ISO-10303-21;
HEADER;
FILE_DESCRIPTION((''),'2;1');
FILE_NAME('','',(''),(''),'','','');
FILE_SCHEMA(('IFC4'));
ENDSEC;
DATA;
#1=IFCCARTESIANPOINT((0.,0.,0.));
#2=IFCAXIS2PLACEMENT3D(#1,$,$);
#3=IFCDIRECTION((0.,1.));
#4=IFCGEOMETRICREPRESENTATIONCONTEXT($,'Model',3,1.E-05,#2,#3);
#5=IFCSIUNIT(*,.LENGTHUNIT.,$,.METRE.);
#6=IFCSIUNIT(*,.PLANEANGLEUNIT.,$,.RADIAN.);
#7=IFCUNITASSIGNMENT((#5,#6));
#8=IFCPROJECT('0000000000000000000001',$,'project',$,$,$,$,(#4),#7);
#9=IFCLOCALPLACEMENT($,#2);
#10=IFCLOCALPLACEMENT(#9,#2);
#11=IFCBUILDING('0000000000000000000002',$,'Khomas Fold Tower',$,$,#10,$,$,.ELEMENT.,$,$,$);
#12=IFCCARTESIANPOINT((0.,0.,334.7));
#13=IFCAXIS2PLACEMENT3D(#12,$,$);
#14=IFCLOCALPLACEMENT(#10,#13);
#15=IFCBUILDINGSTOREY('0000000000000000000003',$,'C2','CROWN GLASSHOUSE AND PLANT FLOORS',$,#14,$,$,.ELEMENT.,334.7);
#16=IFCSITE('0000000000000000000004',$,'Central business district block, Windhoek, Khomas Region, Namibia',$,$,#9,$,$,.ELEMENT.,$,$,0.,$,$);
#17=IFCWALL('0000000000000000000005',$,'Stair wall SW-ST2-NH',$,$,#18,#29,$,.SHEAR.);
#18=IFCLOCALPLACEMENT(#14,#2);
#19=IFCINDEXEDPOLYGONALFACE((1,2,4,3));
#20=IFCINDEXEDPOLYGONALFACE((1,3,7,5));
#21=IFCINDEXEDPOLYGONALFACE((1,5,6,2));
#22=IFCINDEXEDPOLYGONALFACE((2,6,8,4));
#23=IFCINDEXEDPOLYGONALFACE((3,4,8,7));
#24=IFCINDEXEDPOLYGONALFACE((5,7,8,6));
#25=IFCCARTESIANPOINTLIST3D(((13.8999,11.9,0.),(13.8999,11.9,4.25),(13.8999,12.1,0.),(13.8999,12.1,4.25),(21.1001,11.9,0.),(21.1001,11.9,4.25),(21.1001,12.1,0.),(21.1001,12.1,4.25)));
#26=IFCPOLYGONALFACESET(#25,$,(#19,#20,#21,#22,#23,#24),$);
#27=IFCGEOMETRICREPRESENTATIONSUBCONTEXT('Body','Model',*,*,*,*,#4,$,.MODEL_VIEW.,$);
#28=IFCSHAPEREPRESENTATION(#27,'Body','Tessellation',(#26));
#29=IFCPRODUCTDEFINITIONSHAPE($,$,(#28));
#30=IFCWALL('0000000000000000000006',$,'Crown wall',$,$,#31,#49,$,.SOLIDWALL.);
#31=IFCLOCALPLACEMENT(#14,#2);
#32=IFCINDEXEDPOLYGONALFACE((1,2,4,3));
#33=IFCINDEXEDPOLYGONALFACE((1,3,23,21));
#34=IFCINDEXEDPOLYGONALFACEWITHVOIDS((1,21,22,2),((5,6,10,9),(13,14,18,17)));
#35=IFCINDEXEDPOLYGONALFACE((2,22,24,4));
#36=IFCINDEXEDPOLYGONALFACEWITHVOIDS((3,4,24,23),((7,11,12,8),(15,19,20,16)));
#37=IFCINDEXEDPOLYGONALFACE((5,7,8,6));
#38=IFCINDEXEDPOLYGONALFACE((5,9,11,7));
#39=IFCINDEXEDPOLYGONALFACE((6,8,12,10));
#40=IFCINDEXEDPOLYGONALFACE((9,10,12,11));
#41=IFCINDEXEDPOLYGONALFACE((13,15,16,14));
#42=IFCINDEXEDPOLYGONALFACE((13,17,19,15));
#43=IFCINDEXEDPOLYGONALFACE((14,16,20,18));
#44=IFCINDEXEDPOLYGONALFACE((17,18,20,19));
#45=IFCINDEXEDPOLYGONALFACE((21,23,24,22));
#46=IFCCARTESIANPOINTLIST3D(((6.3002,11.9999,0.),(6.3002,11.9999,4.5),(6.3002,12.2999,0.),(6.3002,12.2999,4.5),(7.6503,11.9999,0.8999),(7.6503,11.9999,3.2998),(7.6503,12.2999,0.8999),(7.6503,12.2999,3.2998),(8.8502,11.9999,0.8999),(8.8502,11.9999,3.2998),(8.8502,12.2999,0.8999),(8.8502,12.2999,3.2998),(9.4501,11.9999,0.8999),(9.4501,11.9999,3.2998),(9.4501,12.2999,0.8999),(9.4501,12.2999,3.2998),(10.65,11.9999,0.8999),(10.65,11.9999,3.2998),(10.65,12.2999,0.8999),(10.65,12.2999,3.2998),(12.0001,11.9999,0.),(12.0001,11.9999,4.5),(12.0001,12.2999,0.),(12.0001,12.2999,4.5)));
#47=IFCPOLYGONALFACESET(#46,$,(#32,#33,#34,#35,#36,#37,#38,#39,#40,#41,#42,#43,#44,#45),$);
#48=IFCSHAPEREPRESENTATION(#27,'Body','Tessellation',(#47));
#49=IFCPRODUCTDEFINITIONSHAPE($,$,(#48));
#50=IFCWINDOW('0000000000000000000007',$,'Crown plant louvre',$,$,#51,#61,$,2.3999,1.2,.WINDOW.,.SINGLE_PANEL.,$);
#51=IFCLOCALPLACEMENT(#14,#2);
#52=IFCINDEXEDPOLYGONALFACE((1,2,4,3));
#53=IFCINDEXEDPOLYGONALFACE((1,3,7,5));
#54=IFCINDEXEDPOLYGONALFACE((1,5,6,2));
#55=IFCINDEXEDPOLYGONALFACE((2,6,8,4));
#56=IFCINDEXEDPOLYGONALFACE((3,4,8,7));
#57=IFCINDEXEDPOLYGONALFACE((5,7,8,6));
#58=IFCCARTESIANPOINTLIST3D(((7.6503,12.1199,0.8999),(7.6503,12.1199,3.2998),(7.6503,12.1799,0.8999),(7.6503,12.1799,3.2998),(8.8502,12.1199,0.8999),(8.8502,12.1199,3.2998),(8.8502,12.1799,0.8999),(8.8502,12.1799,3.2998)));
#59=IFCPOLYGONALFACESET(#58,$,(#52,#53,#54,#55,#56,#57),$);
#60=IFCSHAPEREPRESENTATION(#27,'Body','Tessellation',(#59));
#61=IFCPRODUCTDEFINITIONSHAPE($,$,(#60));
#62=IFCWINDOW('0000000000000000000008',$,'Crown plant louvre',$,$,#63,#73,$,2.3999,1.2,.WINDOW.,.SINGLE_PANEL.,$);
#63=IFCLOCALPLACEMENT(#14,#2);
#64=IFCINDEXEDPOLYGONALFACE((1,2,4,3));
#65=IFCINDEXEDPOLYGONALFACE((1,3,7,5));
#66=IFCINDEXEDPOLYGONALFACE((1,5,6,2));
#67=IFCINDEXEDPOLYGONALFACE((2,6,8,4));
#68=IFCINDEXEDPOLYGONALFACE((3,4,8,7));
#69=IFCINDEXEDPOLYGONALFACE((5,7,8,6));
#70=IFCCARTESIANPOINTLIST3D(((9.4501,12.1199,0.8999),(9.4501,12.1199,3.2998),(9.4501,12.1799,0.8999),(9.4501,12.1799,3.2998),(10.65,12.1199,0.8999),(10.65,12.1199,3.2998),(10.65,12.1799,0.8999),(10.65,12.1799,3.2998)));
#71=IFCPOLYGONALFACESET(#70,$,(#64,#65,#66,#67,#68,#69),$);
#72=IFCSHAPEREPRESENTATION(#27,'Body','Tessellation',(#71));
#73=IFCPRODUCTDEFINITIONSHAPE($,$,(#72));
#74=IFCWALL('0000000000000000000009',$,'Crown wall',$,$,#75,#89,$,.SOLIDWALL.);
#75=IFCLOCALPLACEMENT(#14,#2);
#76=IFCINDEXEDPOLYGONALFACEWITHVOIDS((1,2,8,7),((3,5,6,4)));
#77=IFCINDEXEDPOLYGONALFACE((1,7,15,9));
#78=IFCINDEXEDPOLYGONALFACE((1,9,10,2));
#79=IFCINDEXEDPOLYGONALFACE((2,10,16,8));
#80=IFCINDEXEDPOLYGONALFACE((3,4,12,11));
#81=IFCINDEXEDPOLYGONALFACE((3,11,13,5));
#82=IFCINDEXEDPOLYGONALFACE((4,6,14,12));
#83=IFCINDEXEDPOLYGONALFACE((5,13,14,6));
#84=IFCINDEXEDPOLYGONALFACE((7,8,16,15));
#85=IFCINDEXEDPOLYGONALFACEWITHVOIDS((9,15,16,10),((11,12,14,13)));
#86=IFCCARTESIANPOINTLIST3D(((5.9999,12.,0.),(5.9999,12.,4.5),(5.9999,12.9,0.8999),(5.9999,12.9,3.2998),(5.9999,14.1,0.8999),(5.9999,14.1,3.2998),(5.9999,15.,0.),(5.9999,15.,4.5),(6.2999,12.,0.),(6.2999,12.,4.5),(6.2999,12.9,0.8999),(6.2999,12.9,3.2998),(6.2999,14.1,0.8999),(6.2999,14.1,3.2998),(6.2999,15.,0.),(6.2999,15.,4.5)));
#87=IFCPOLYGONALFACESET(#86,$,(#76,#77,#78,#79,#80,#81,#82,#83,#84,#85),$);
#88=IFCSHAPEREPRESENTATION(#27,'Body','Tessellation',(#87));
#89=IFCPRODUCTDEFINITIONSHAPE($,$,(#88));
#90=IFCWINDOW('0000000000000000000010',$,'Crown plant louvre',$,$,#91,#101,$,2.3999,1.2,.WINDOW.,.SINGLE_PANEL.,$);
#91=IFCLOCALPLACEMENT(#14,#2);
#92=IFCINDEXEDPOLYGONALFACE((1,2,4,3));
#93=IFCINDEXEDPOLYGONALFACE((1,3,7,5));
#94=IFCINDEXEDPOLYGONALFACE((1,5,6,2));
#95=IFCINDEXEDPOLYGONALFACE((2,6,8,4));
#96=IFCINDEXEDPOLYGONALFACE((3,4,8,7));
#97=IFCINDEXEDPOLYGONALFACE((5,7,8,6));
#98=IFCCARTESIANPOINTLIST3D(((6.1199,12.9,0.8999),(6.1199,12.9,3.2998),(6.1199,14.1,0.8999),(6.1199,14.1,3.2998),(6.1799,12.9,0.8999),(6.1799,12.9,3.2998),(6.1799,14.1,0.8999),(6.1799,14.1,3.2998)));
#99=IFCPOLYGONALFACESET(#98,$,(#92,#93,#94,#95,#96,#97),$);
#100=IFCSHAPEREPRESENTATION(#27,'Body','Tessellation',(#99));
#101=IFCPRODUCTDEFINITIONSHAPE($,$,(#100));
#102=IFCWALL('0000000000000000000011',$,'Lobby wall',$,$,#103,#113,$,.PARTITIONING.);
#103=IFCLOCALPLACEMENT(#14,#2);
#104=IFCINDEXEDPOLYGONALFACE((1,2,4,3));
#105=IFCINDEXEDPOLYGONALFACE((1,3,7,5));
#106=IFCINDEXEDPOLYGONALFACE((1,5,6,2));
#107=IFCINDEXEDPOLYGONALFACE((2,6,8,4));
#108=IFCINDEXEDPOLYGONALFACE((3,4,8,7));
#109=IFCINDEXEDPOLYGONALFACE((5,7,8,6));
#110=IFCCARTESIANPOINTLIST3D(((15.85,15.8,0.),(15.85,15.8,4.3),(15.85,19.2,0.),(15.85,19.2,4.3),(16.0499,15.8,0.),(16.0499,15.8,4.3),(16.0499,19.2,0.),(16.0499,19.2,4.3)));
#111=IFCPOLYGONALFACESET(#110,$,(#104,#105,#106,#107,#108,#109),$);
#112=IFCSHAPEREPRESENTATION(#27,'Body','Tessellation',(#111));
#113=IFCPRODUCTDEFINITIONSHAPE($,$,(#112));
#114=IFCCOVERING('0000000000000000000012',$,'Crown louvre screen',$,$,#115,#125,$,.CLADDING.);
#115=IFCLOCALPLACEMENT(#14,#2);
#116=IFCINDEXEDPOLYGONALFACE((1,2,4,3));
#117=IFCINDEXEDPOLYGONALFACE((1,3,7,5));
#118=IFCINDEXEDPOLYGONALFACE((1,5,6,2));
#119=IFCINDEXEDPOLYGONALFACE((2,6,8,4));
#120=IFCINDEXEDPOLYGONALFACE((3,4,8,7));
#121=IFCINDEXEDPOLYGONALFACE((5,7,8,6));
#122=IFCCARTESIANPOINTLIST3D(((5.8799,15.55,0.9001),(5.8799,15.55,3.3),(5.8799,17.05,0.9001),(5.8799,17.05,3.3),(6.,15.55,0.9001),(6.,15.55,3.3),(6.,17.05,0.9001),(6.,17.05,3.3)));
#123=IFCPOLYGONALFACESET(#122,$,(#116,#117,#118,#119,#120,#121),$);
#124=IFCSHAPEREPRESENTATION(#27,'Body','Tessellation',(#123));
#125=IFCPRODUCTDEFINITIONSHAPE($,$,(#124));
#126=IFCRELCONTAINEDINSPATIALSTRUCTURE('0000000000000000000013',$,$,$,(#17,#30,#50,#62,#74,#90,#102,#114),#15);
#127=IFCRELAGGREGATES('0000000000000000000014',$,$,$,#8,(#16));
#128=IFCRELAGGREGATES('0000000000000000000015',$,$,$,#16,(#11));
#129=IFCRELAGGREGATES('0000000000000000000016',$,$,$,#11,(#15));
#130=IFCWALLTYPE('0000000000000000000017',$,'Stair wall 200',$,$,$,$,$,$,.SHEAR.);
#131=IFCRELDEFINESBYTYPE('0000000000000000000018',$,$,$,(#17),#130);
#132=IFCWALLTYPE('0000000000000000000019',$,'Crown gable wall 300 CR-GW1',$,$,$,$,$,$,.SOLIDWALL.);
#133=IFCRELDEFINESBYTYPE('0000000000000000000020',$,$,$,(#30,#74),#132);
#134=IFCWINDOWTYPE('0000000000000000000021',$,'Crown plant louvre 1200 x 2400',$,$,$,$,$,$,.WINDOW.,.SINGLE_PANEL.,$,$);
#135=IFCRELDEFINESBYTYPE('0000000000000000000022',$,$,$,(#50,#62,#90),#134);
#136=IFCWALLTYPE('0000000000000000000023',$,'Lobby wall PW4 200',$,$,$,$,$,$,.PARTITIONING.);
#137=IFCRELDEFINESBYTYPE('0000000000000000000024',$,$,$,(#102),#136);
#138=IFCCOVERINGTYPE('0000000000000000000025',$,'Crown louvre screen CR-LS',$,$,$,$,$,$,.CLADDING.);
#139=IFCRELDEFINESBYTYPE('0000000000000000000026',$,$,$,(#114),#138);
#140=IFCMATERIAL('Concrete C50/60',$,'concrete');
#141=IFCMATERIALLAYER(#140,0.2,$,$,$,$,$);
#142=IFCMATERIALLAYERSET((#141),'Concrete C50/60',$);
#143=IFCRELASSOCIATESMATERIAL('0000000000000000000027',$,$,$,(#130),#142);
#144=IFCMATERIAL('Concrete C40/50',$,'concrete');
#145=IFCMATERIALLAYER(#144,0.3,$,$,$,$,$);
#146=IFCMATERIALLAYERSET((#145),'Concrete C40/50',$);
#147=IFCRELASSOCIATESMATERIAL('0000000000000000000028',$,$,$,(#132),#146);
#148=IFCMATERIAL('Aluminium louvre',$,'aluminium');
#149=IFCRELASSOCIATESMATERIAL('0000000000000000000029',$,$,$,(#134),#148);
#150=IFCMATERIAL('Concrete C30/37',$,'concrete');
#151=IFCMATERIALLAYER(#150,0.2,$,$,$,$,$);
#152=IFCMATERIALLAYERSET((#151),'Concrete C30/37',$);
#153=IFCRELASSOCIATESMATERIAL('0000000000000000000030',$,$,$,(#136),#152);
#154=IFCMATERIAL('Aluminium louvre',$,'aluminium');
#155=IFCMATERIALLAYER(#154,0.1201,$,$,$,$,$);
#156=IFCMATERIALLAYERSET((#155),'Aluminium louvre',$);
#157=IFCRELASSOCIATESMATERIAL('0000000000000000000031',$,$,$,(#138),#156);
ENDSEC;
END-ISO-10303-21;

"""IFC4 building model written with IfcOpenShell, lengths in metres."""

from ifc_helpers import new_model, si_unit, direction, frame, frame_2d, origin, origin_2d, place, context, subcontext, project, spatial, rectangle, extrude, source, transform, mapped, material, layer, layer_set, type_object, element, fill, save


model = new_model("IFC4")

# Units and contexts
model_context = context("Model", 3, precision=1e-05, world=origin(), true_north=direction((0.0, 1.0)))
body_context = subcontext(model_context, "Body", "Model", "MODEL_VIEW")
ifc_project = project(units=[si_unit("LENGTHUNIT", "METRE"), si_unit("PLANEANGLEUNIT", "RADIAN")], contexts=[model_context])

# Site, building, storey
site_placement = place(None, origin())
site = spatial("IfcSite", under=ifc_project, at=site_placement, Name="Central business district block, Windhoek, Khomas Region, Namibia", CompositionType="ELEMENT", RefElevation=0.0)
building_placement = place(site_placement, origin())
building = spatial("IfcBuilding", under=site, at=building_placement, Name="Khomas Fold Tower", CompositionType="ELEMENT")
storey_placement = place(building_placement, frame((0.0, 0.0, 334.7)))
storey = spatial("IfcBuildingStorey", under=building, at=storey_placement, Name="C2", Description="CROWN GLASSHOUSE AND PLANT FLOORS", CompositionType="ELEMENT", Elevation=334.7)

# Wall
ifc_material_1 = material(Name="Concrete C50/60", Category="concrete")
ifc_layer_1 = layer(ifc_material_1, 0.2)
ifc_layer_set_1 = layer_set([ifc_layer_1], Name="Concrete C50/60")
wall_type_1 = type_object("IfcWallType", Name="Stair wall 200", PredefinedType="SHEAR", material=ifc_layer_set_1)
shared_shape_1 = source(origin(), body_context, "Body", "SweptSolid", [
    extrude(rectangle(XDim=7.2002, YDim=0.2, at=frame_2d((3.6001, 0.0))), origin(), (0.0, 0.0, 1.0), 4.25),
])
wall_1_placement = place(storey_placement, frame((13.8999, 12.0, 0.0), z_axis=(0.0, 0.0, 1.0), x_axis=(1.0, 0.0, 0.0)))
element("IfcWall", 1, at=wall_1_placement, inside=storey, type_object=wall_type_1, Name="Stair wall SW-ST2-NH", PredefinedType="SHEAR", context=body_context, shape_type="MappedRepresentation", body=[
    mapped(shared_shape_1, transform((0.0, 0.0, 0.0))),
])

# Wall, openings, windows
ifc_material_2 = material(Name="Concrete C40/50", Category="concrete")
ifc_layer_2 = layer(ifc_material_2, 0.3)
ifc_layer_set_2 = layer_set([ifc_layer_2], Name="Concrete C40/50")
wall_type_2 = type_object("IfcWallType", Name="Crown gable wall 300 CR-GW1", PredefinedType="SOLIDWALL", material=ifc_layer_set_2)
shared_shape_2 = source(origin(), body_context, "Body", "SweptSolid", [
    extrude(rectangle(XDim=5.7, YDim=0.3, at=frame_2d((2.8501, 0.0))), origin(), (0.0, 0.0, 1.0), 4.5),
])
wall_2_placement = place(storey_placement, frame((6.3, 12.1499, 0.0), z_axis=(0.0, 0.0, 1.0), x_axis=(1.0, 0.0, 0.0)))
wall_2 = element("IfcWall", 2, at=wall_2_placement, inside=storey, type_object=wall_type_2, Name="Crown wall", PredefinedType="SOLIDWALL", context=body_context, shape_type="MappedRepresentation", body=[
    mapped(shared_shape_2, transform((0.0, 0.0, 0.0))),
])
shared_shape_3 = source(origin(), body_context, "Body", "SweptSolid", [
    extrude(rectangle(XDim=1.2, YDim=2.3999, at=frame_2d((0.6001, 1.2))), frame((0.0, 0.1599, 0.0), z_axis=(0.0, -1.0, 0.0), x_axis=(1.0, 0.0, 0.0)), (0.0, 0.0, 1.0), 0.3201),
])
opening_1_placement = place(wall_2_placement, frame((1.3501, 0.0, 0.8999)))
opening_1 = element("IfcOpeningElement", 3, at=opening_1_placement, cuts=wall_2, PredefinedType="OPENING", context=body_context, shape_type="MappedRepresentation", body=[
    mapped(shared_shape_3, transform((0.0, 0.0, 0.0))),
])
opening_2_placement = place(wall_2_placement, frame((3.1499, 0.0, 0.8999)))
opening_2 = element("IfcOpeningElement", 4, at=opening_2_placement, cuts=wall_2, PredefinedType="OPENING", context=body_context, shape_type="MappedRepresentation", body=[
    mapped(shared_shape_3, transform((0.0, 0.0, 0.0))),
])
ifc_material_3 = material(Name="Aluminium louvre", Category="aluminium")
window_type = type_object("IfcWindowType", Name="Crown plant louvre 1200 x 2400", PartitioningType="SINGLE_PANEL", PredefinedType="WINDOW", material=ifc_material_3)
shared_shape_4 = source(origin(), body_context, "Body", "SweptSolid", [
    extrude(rectangle(XDim=1.2, YDim=2.3999, at=frame_2d((0.6001, 1.2))), frame((0.0, 0.03, 0.0), z_axis=(0.0, -1.0, 0.0), x_axis=(1.0, 0.0, 0.0)), (0.0, 0.0, 1.0), 0.0601),
])
window_1_placement = place(opening_1_placement, origin())
window_1 = element("IfcWindow", 5, at=window_1_placement, inside=storey, type_object=window_type, Name="Crown plant louvre", OverallHeight=2.3999, OverallWidth=1.2, PartitioningType="SINGLE_PANEL", PredefinedType="WINDOW", context=body_context, shape_type="MappedRepresentation", body=[
    mapped(shared_shape_4, transform((0.0, 0.0, 0.0))),
])
fill(opening_1, window_1)
window_2_placement = place(opening_2_placement, origin())
window_2 = element("IfcWindow", 6, at=window_2_placement, inside=storey, type_object=window_type, Name="Crown plant louvre", OverallHeight=2.3999, OverallWidth=1.2, PartitioningType="SINGLE_PANEL", PredefinedType="WINDOW", context=body_context, shape_type="MappedRepresentation", body=[
    mapped(shared_shape_4, transform((0.0, 0.0, 0.0))),
])
fill(opening_2, window_2)

# Wall, opening, window
shared_shape_5 = source(origin(), body_context, "Body", "SweptSolid", [
    extrude(rectangle(XDim=3.0, YDim=0.3, at=frame_2d((1.5, 0.0))), origin(), (0.0, 0.0, 1.0), 4.5),
])
wall_3_placement = place(storey_placement, frame((6.1499, 15.0, 0.0), z_axis=(0.0, 0.0, 1.0), x_axis=(0.0, -1.0, 0.0)))
wall_3 = element("IfcWall", 7, at=wall_3_placement, inside=storey, type_object=wall_type_2, Name="Crown wall", PredefinedType="SOLIDWALL", context=body_context, shape_type="MappedRepresentation", body=[
    mapped(shared_shape_5, transform((0.0, 0.0, 0.0))),
])
opening_3_placement = place(wall_3_placement, frame((0.8999, 0.0, 0.8999)))
opening_3 = element("IfcOpeningElement", 8, at=opening_3_placement, cuts=wall_3, PredefinedType="OPENING", context=body_context, shape_type="MappedRepresentation", body=[
    mapped(shared_shape_3, transform((0.0, 0.0, 0.0))),
])
window_3_placement = place(opening_3_placement, origin())
window_3 = element("IfcWindow", 9, at=window_3_placement, inside=storey, type_object=window_type, Name="Crown plant louvre", OverallHeight=2.3999, OverallWidth=1.2, PartitioningType="SINGLE_PANEL", PredefinedType="WINDOW", context=body_context, shape_type="MappedRepresentation", body=[
    mapped(shared_shape_4, transform((0.0, 0.0, 0.0))),
])
fill(opening_3, window_3)

# Wall
ifc_material_4 = material(Name="Concrete C30/37", Category="concrete")
ifc_layer_3 = layer(ifc_material_4, 0.2)
ifc_layer_set_3 = layer_set([ifc_layer_3], Name="Concrete C30/37")
wall_type_3 = type_object("IfcWallType", Name="Lobby wall PW4 200", PredefinedType="PARTITIONING", material=ifc_layer_set_3)
shared_shape_6 = source(origin(), body_context, "Body", "SweptSolid", [
    extrude(rectangle(XDim=3.3999, YDim=0.2, at=frame_2d((1.7, 0.0))), origin(), (0.0, 0.0, 1.0), 4.3),
])
wall_4_placement = place(storey_placement, frame((15.95, 15.8, 0.0), z_axis=(0.0, 0.0, 1.0), x_axis=(0.0, 1.0, 0.0)))
element("IfcWall", 10, at=wall_4_placement, inside=storey, type_object=wall_type_3, Name="Lobby wall", PredefinedType="PARTITIONING", context=body_context, shape_type="MappedRepresentation", body=[
    mapped(shared_shape_6, transform((0.0, 0.0, 0.0))),
])

# Covering
ifc_material_5 = material(Name="Aluminium louvre", Category="aluminium")
ifc_layer_4 = layer(ifc_material_5, 0.1201)
ifc_layer_set_4 = layer_set([ifc_layer_4], Name="Aluminium louvre")
covering_type = type_object("IfcCoveringType", Name="Crown louvre screen CR-LS", PredefinedType="CLADDING", material=ifc_layer_set_4)
shared_shape_7 = source(origin(), body_context, "Body", "SweptSolid", [
    extrude(rectangle(XDim=1.5, YDim=0.1201, at=origin_2d()), origin(), (0.0, 0.0, 1.0), 2.3999),
])
covering_placement = place(storey_placement, frame((5.9399, 16.3, 0.9001), z_axis=(0.0, 0.0, 1.0), x_axis=(0.0, -1.0, 0.0)))
element("IfcCovering", 11, at=covering_placement, inside=storey, type_object=covering_type, Name="Crown louvre screen", PredefinedType="CLADDING", context=body_context, shape_type="MappedRepresentation", body=[
    mapped(shared_shape_7, transform((0.0, 0.0, 0.0))),
])

save(model, "model.ifc")
